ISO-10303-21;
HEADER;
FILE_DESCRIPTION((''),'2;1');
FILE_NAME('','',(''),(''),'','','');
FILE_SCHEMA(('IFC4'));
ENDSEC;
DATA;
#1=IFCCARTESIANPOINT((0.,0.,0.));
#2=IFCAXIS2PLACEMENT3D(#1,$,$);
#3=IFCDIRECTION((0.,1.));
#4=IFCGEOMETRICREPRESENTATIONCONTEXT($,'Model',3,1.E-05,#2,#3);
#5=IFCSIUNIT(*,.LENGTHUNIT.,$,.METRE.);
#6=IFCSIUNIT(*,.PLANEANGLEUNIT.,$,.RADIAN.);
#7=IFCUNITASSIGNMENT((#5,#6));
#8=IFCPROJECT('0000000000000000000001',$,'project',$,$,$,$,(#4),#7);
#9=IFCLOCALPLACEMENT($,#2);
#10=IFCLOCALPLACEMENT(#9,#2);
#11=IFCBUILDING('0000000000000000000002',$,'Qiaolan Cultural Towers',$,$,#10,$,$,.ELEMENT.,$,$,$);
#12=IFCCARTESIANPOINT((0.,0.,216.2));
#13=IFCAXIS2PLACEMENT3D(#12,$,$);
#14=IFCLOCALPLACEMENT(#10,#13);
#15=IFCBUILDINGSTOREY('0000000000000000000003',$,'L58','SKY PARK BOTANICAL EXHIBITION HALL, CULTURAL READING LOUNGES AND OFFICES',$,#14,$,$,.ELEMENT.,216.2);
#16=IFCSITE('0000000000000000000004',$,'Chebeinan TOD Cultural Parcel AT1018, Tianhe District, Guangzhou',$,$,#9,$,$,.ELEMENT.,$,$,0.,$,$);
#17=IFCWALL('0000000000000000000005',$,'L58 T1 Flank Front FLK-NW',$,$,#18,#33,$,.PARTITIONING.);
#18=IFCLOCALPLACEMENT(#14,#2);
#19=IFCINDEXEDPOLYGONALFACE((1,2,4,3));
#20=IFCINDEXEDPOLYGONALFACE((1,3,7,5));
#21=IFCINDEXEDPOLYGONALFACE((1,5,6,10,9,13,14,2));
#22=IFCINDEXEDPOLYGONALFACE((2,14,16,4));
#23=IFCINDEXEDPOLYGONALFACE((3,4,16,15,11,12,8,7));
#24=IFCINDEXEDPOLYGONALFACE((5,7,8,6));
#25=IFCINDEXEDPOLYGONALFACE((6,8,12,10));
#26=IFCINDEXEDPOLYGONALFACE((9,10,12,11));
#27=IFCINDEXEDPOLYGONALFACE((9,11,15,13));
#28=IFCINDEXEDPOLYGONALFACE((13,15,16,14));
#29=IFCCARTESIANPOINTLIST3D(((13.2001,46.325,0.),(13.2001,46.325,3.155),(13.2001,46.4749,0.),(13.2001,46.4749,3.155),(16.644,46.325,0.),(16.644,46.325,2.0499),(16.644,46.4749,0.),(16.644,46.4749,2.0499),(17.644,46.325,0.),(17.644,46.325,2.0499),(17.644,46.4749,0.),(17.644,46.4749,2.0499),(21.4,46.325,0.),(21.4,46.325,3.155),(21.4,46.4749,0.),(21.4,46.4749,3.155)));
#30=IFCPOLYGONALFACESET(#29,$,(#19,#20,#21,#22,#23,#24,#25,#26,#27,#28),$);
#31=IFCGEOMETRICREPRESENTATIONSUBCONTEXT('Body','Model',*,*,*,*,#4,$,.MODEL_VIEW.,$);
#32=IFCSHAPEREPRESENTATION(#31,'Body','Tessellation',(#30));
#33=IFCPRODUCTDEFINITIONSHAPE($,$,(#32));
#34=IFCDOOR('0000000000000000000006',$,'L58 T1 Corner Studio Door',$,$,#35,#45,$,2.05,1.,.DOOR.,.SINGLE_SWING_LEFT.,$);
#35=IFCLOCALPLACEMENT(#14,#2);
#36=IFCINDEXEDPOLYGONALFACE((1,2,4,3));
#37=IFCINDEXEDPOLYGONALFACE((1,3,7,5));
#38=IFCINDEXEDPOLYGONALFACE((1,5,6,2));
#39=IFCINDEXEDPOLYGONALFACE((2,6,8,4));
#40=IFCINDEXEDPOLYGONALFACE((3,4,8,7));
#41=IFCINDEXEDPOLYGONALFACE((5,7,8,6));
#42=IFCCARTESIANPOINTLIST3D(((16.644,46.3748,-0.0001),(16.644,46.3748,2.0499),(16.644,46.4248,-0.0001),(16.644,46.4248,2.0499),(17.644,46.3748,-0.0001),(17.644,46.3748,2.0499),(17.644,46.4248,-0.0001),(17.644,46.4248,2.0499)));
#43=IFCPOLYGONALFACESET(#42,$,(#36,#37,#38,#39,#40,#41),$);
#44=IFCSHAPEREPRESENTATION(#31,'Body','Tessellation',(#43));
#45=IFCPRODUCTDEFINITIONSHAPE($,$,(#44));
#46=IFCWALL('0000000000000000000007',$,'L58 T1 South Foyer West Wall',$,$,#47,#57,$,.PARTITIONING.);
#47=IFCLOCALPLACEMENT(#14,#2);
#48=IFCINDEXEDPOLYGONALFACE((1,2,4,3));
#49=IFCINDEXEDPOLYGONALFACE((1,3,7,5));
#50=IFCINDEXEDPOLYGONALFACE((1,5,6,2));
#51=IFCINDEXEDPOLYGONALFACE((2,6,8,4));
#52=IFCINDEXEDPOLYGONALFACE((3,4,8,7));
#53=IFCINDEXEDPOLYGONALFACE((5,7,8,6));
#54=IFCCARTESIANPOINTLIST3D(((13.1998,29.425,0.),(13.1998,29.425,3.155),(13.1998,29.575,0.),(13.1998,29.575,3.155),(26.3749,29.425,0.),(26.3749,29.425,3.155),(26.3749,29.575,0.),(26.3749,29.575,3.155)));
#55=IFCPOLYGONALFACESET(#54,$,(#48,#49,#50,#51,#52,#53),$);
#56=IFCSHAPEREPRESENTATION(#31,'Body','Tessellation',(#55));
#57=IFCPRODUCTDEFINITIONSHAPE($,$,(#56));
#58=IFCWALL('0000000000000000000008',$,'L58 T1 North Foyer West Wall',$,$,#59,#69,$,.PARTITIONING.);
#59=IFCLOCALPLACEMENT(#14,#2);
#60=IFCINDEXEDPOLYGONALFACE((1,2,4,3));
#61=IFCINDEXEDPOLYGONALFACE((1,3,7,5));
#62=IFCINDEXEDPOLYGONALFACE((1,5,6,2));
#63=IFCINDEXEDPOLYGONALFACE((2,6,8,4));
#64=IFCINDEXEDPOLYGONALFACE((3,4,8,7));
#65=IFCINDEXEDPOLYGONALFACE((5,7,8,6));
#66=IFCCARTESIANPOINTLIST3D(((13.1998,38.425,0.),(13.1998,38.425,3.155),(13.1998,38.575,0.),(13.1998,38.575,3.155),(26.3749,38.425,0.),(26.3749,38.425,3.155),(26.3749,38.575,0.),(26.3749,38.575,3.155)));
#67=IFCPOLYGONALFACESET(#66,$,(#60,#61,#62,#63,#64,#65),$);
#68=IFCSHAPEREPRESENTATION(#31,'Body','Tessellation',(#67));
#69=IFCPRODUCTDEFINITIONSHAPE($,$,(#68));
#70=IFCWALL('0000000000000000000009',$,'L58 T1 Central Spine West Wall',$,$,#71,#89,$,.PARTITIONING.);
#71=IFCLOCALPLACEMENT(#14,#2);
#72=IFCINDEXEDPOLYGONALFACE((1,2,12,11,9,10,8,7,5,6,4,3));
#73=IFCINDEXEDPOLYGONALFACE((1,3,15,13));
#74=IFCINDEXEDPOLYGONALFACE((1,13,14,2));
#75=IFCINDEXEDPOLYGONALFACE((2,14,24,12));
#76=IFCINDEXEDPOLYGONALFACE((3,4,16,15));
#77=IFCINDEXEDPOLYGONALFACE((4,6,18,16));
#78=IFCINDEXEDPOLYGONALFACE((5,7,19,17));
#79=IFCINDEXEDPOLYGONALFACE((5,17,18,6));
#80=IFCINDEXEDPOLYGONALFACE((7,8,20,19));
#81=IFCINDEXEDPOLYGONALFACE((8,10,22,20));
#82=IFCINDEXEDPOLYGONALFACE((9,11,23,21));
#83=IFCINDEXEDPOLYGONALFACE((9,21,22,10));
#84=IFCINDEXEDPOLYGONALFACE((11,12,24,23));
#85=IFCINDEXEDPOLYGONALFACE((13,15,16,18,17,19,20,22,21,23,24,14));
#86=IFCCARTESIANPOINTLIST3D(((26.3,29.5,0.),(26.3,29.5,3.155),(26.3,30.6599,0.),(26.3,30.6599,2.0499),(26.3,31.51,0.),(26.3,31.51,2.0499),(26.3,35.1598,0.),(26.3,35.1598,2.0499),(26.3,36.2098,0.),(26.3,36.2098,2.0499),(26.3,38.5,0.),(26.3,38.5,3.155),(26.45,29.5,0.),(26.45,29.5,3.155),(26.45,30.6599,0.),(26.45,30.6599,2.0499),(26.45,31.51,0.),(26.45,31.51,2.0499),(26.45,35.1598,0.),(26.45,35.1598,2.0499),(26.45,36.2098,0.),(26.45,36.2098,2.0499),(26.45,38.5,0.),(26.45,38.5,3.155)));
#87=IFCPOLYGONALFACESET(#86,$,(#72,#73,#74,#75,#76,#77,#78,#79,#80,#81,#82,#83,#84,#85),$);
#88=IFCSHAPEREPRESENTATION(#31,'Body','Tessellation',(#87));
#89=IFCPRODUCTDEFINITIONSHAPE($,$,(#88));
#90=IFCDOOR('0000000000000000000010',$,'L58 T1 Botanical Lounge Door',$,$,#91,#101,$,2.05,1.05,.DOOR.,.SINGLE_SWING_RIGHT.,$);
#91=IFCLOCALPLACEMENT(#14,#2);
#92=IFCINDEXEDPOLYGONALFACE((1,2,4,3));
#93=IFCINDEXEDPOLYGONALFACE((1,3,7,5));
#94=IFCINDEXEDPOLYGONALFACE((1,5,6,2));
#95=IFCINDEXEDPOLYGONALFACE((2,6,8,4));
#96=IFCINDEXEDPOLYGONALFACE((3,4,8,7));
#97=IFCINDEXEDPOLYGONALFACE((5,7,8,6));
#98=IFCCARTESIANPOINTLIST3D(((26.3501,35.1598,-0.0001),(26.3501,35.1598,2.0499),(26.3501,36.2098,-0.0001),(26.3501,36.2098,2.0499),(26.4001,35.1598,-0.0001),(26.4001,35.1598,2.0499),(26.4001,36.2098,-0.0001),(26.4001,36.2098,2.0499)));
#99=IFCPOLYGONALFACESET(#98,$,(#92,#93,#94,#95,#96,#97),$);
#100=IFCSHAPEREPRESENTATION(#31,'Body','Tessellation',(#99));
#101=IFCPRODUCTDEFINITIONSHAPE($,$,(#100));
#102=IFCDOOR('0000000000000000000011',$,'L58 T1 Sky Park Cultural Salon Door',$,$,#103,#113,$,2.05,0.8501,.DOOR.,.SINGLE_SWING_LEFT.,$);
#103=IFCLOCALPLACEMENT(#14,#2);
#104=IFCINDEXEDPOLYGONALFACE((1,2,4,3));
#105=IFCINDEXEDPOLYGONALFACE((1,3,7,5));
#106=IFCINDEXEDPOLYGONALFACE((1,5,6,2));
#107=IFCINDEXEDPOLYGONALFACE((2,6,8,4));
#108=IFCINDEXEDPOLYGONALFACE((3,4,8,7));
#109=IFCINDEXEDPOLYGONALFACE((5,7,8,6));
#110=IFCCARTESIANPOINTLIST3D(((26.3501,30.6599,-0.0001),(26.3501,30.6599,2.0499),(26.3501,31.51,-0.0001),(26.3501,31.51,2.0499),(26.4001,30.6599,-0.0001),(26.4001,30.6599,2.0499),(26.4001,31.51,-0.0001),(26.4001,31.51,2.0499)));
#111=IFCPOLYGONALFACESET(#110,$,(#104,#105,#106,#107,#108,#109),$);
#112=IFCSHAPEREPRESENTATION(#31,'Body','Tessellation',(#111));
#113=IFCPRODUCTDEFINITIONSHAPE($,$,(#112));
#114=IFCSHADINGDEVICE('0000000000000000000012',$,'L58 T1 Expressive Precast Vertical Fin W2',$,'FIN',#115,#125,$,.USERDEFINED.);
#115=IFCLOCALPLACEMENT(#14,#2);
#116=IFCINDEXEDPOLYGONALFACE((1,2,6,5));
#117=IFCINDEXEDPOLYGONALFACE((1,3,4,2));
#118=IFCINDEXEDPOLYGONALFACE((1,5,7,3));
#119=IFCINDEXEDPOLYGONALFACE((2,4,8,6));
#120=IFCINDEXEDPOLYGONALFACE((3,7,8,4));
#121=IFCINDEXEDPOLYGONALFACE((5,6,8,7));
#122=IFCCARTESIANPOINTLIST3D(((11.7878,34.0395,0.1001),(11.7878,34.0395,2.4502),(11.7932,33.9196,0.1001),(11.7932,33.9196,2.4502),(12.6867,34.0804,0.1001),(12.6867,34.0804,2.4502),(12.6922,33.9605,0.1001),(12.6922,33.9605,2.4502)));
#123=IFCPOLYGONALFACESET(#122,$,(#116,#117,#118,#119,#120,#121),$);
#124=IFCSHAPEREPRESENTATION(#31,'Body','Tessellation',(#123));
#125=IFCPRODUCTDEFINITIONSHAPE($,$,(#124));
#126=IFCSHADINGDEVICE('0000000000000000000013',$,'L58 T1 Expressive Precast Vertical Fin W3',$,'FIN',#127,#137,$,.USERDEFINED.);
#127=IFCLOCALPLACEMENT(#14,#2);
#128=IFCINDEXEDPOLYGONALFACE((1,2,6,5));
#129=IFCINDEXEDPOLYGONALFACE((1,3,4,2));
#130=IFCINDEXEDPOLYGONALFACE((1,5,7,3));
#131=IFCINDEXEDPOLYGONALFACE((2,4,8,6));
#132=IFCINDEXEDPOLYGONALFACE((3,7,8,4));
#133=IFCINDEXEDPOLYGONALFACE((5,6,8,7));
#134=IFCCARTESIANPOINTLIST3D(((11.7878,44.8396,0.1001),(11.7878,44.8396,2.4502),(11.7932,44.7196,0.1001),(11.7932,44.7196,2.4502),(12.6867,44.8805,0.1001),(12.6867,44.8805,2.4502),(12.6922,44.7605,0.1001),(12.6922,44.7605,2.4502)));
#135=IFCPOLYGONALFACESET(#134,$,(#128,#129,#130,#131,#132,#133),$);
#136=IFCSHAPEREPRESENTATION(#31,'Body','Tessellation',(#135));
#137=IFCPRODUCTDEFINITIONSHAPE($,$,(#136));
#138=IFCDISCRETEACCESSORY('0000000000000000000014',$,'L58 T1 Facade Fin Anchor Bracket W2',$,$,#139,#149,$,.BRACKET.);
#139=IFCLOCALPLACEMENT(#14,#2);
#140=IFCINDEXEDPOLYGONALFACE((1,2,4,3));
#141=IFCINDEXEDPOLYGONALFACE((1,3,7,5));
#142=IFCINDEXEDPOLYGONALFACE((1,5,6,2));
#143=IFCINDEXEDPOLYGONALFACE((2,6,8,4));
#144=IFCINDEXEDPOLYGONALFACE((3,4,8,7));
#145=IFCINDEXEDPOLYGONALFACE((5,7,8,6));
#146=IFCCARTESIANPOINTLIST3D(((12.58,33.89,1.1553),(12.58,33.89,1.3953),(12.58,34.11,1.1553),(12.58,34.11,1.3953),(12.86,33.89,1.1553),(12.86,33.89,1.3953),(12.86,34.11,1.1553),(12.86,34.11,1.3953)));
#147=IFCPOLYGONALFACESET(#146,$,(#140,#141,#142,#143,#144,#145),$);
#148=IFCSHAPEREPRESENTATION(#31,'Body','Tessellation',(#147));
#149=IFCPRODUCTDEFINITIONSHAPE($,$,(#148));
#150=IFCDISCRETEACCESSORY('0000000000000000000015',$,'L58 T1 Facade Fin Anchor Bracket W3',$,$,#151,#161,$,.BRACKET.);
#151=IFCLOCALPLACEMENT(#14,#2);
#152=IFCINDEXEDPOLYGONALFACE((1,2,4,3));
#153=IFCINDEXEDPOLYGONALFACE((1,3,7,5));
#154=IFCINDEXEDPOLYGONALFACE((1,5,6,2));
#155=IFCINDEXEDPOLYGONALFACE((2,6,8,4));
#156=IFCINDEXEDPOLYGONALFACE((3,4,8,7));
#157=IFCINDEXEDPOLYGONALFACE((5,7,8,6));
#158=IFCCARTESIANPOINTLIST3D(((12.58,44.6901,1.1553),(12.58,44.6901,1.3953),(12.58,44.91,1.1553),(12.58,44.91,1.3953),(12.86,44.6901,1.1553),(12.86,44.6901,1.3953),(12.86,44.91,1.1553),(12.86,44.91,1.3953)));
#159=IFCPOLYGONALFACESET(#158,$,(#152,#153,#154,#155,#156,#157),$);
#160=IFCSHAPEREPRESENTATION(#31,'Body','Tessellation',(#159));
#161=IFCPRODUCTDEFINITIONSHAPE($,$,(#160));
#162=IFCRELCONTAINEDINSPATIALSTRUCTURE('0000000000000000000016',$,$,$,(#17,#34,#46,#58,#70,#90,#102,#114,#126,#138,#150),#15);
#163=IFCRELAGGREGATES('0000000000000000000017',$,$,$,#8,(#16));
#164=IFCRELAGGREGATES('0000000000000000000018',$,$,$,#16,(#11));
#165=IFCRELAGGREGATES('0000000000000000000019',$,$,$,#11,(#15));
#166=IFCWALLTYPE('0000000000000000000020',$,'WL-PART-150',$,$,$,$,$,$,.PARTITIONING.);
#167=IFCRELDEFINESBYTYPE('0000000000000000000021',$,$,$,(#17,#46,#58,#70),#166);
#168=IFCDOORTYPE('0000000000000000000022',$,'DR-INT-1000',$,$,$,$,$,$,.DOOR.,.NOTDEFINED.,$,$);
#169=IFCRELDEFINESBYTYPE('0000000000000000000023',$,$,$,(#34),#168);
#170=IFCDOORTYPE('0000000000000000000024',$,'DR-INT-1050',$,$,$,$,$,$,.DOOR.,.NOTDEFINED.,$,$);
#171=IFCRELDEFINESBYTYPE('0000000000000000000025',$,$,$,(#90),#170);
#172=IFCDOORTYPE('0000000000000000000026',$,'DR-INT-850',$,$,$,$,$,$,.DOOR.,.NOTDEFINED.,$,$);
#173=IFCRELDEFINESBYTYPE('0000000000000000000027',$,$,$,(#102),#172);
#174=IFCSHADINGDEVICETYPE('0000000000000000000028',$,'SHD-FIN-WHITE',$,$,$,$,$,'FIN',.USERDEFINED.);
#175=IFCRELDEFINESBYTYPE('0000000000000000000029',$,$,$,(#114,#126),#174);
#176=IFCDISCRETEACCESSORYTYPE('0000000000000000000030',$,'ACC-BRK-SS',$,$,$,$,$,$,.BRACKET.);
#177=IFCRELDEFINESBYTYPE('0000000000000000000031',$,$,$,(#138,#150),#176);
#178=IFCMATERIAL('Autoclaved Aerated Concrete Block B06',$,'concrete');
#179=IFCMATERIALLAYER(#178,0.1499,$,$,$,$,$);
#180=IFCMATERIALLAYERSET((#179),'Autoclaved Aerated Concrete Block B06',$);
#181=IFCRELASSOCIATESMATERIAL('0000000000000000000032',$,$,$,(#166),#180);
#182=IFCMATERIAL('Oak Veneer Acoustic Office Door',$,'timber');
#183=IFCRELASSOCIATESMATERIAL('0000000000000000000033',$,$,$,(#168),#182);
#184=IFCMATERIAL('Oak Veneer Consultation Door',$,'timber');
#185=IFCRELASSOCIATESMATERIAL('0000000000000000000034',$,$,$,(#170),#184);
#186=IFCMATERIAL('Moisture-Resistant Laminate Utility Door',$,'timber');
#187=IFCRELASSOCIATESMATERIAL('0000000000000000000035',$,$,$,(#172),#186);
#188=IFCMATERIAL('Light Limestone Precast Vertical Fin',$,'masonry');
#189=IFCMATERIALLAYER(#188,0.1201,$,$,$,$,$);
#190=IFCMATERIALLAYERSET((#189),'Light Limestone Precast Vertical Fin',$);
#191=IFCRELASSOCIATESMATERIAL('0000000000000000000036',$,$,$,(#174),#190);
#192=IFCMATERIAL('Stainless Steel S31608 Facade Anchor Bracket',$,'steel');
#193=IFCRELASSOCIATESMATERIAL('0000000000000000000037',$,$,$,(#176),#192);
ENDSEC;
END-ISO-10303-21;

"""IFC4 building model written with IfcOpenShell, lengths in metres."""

from ifc_helpers import new_model, si_unit, direction, frame, frame_2d, origin, origin_2d, place, context, subcontext, project, spatial, rectangle, extrude, material, layer, layer_set, type_object, element, fill, save


model = new_model("IFC4")

# Units and contexts
model_context = context("Model", 3, precision=1e-05, world=origin(), true_north=direction((0.0, 1.0)))
body_context = subcontext(model_context, "Body", "Model", "MODEL_VIEW")
ifc_project = project(units=[si_unit("LENGTHUNIT", "METRE"), si_unit("PLANEANGLEUNIT", "RADIAN")], contexts=[model_context])

# Site, building, storey
site_placement = place(None, origin())
site = spatial("IfcSite", under=ifc_project, at=site_placement, Name="Chebeinan TOD Cultural Parcel AT1018, Tianhe District, Guangzhou", CompositionType="ELEMENT", RefElevation=0.0)
building_placement = place(site_placement, origin())
building = spatial("IfcBuilding", under=site, at=building_placement, Name="Qiaolan Cultural Towers", CompositionType="ELEMENT")
storey_placement = place(building_placement, frame((0.0, 0.0, 216.2)))
storey = spatial("IfcBuildingStorey", under=building, at=storey_placement, Name="L58", Description="SKY PARK BOTANICAL EXHIBITION HALL, CULTURAL READING LOUNGES AND OFFICES", CompositionType="ELEMENT", Elevation=216.2)

# Wall, opening, door
ifc_material_1 = material(Name="Autoclaved Aerated Concrete Block B06", Category="concrete")
ifc_layer_1 = layer(ifc_material_1, 0.1499)
ifc_layer_set_1 = layer_set([ifc_layer_1], Name="Autoclaved Aerated Concrete Block B06")
wall_type_1 = type_object("IfcWallType", Name="WL-PART-150", PredefinedType="PARTITIONING", material=ifc_layer_set_1)
wall_1_placement = place(storey_placement, frame((13.2, 46.3999, 0.0), z_axis=(0.0, 0.0, 1.0), x_axis=(1.0, 0.0, 0.0)))
wall_1 = element("IfcWall", 1, at=wall_1_placement, inside=storey, type_object=wall_type_1, Name="L58 T1 Flank Front FLK-NW", PredefinedType="PARTITIONING", context=body_context, shape_type="SweptSolid", body=[
    extrude(rectangle(XDim=8.2, YDim=0.1499, at=frame_2d((4.1001, 0.0))), origin(), (0.0, 0.0, 1.0), 3.155),
])
opening_1_placement = place(wall_1_placement, frame((3.4441, 0.0, 0.0)))
opening_1 = element("IfcOpeningElement", 2, at=opening_1_placement, cuts=wall_1, PredefinedType="OPENING", context=body_context, shape_type="SweptSolid", body=[
    extrude(rectangle(XDim=1.0, YDim=2.05, at=frame_2d((0.5, 1.0249))), frame((0.0, 0.085, 0.0), z_axis=(0.0, -1.0, 0.0), x_axis=(1.0, 0.0, 0.0)), (0.0, 0.0, 1.0), 0.1699),
])
ifc_material_2 = material(Name="Oak Veneer Acoustic Office Door", Category="timber")
door_type_1 = type_object("IfcDoorType", Name="DR-INT-1000", OperationType="NOTDEFINED", PredefinedType="DOOR", material=ifc_material_2)
door_1_placement = place(opening_1_placement, origin())
door_1 = element("IfcDoor", 3, at=door_1_placement, inside=storey, type_object=door_type_1, Name="L58 T1 Corner Studio Door", OperationType="SINGLE_SWING_LEFT", OverallHeight=2.05, OverallWidth=1.0, PredefinedType="DOOR", context=body_context, shape_type="SweptSolid", body=[
    extrude(rectangle(XDim=1.0, YDim=2.05, at=frame_2d((0.5, 1.0249))), frame((0.0, 0.0249, 0.0), z_axis=(0.0, -1.0, 0.0), x_axis=(1.0, 0.0, 0.0)), (0.0, 0.0, 1.0), 0.05),
])
fill(opening_1, door_1)

# Walls
for number, where, z_axis, x_axis, name in (
    (4, (13.2, 29.5, 0.0), (0.0, 0.0, 1.0), (1.0, 0.0, 0.0), "L58 T1 South Foyer West Wall"),
    (5, (13.2, 38.5, 0.0), (0.0, 0.0, 1.0), (1.0, 0.0, 0.0), "L58 T1 North Foyer West Wall"),
):
    element("IfcWall", number, at=place(storey_placement, frame(where, z_axis=z_axis, x_axis=x_axis)), inside=storey, type_object=wall_type_1, Name=name, PredefinedType="PARTITIONING", context=body_context, shape_type="SweptSolid", body=[
        extrude(rectangle(XDim=13.175, YDim=0.1499, at=frame_2d((6.5874, 0.0))), origin(), (0.0, 0.0, 1.0), 3.155),
    ])

# Wall, openings, doors
wall_2_placement = place(storey_placement, frame((26.375, 29.5, 0.0), z_axis=(0.0, 0.0, 1.0), x_axis=(0.0, 1.0, 0.0)))
wall_2 = element("IfcWall", 6, at=wall_2_placement, inside=storey, type_object=wall_type_1, Name="L58 T1 Central Spine West Wall", PredefinedType="PARTITIONING", context=body_context, shape_type="SweptSolid", body=[
    extrude(rectangle(XDim=9.0, YDim=0.1499, at=frame_2d((4.5, 0.0))), origin(), (0.0, 0.0, 1.0), 3.155),
])
opening_2_placement = place(wall_2_placement, frame((1.1599, 0.0, 0.0)))
opening_2 = element("IfcOpeningElement", 7, at=opening_2_placement, cuts=wall_2, PredefinedType="OPENING", context=body_context, shape_type="SweptSolid", body=[
    extrude(rectangle(XDim=0.8501, YDim=2.05, at=frame_2d((0.425, 1.0249))), frame((0.0, 0.085, 0.0), z_axis=(0.0, -1.0, 0.0), x_axis=(1.0, 0.0, 0.0)), (0.0, 0.0, 1.0), 0.1699),
])
opening_3_placement = place(wall_2_placement, frame((5.6599, 0.0, 0.0)))
opening_3 = element("IfcOpeningElement", 8, at=opening_3_placement, cuts=wall_2, PredefinedType="OPENING", context=body_context, shape_type="SweptSolid", body=[
    extrude(rectangle(XDim=1.05, YDim=2.05, at=frame_2d((0.5249, 1.0249))), frame((0.0, 0.085, 0.0), z_axis=(0.0, -1.0, 0.0), x_axis=(1.0, 0.0, 0.0)), (0.0, 0.0, 1.0), 0.1699),
])
ifc_material_3 = material(Name="Oak Veneer Consultation Door", Category="timber")
door_type_2 = type_object("IfcDoorType", Name="DR-INT-1050", OperationType="NOTDEFINED", PredefinedType="DOOR", material=ifc_material_3)
door_2_placement = place(opening_3_placement, origin())
door_2 = element("IfcDoor", 9, at=door_2_placement, inside=storey, type_object=door_type_2, Name="L58 T1 Botanical Lounge Door", OperationType="SINGLE_SWING_RIGHT", OverallHeight=2.05, OverallWidth=1.05, PredefinedType="DOOR", context=body_context, shape_type="SweptSolid", body=[
    extrude(rectangle(XDim=1.05, YDim=2.05, at=frame_2d((0.5249, 1.0249))), frame((0.0, 0.0249, 0.0), z_axis=(0.0, -1.0, 0.0), x_axis=(1.0, 0.0, 0.0)), (0.0, 0.0, 1.0), 0.05),
])
fill(opening_3, door_2)
ifc_material_4 = material(Name="Moisture-Resistant Laminate Utility Door", Category="timber")
door_type_3 = type_object("IfcDoorType", Name="DR-INT-850", OperationType="NOTDEFINED", PredefinedType="DOOR", material=ifc_material_4)
door_3_placement = place(opening_2_placement, origin())
door_3 = element("IfcDoor", 10, at=door_3_placement, inside=storey, type_object=door_type_3, Name="L58 T1 Sky Park Cultural Salon Door", OperationType="SINGLE_SWING_LEFT", OverallHeight=2.05, OverallWidth=0.8501, PredefinedType="DOOR", context=body_context, shape_type="SweptSolid", body=[
    extrude(rectangle(XDim=0.8501, YDim=2.05, at=frame_2d((0.425, 1.0249))), frame((0.0, 0.0249, 0.0), z_axis=(0.0, -1.0, 0.0), x_axis=(1.0, 0.0, 0.0)), (0.0, 0.0, 1.0), 0.05),
])
fill(opening_2, door_3)

# Shading devices
ifc_material_5 = material(Name="Light Limestone Precast Vertical Fin", Category="masonry")
ifc_layer_2 = layer(ifc_material_5, 0.1201)
ifc_layer_set_2 = layer_set([ifc_layer_2], Name="Light Limestone Precast Vertical Fin")
shading_device_type = type_object("IfcShadingDeviceType", Name="SHD-FIN-WHITE", ElementType="FIN", PredefinedType="USERDEFINED", material=ifc_layer_set_2)
for number, where, z_axis, x_axis, name in (
    (11, (12.24, 34.0, 0.1001), (0.0, 0.0, 1.0), (0.998967, 0.045445, 0.0), "L58 T1 Expressive Precast Vertical Fin W2"),
    (12, (12.24, 44.8, 0.1001), (0.0, 0.0, 1.0), (0.998967, 0.045445, 0.0), "L58 T1 Expressive Precast Vertical Fin W3"),
):
    element("IfcShadingDevice", number, at=place(storey_placement, frame(where, z_axis=z_axis, x_axis=x_axis)), inside=storey, type_object=shading_device_type, Name=name, ObjectType="FIN", PredefinedType="USERDEFINED", context=body_context, shape_type="SweptSolid", body=[
        extrude(rectangle(XDim=0.8999, YDim=0.1201, at=origin_2d()), origin(), (0.0, 0.0, 1.0), 2.3501),
    ])

# Discrete accessories
ifc_material_6 = material(Name="Stainless Steel S31608 Facade Anchor Bracket", Category="steel")
discrete_accessory_type = type_object("IfcDiscreteAccessoryType", Name="ACC-BRK-SS", PredefinedType="BRACKET", material=ifc_material_6)
for number, where, z_axis, x_axis, name in (
    (13, (12.72, 34.0, 1.1553), (0.0, 0.0, 1.0), (1.0, 0.0, 0.0), "L58 T1 Facade Fin Anchor Bracket W2"),
    (14, (12.72, 44.8, 1.1553), (0.0, 0.0, 1.0), (1.0, 0.0, 0.0), "L58 T1 Facade Fin Anchor Bracket W3"),
):
    element("IfcDiscreteAccessory", number, at=place(storey_placement, frame(where, z_axis=z_axis, x_axis=x_axis)), inside=storey, type_object=discrete_accessory_type, Name=name, PredefinedType="BRACKET", context=body_context, shape_type="SweptSolid", body=[
        extrude(rectangle(XDim=0.28, YDim=0.22, at=origin_2d()), origin(), (0.0, 0.0, 1.0), 0.24),
    ])

save(model, "model.ifc")
